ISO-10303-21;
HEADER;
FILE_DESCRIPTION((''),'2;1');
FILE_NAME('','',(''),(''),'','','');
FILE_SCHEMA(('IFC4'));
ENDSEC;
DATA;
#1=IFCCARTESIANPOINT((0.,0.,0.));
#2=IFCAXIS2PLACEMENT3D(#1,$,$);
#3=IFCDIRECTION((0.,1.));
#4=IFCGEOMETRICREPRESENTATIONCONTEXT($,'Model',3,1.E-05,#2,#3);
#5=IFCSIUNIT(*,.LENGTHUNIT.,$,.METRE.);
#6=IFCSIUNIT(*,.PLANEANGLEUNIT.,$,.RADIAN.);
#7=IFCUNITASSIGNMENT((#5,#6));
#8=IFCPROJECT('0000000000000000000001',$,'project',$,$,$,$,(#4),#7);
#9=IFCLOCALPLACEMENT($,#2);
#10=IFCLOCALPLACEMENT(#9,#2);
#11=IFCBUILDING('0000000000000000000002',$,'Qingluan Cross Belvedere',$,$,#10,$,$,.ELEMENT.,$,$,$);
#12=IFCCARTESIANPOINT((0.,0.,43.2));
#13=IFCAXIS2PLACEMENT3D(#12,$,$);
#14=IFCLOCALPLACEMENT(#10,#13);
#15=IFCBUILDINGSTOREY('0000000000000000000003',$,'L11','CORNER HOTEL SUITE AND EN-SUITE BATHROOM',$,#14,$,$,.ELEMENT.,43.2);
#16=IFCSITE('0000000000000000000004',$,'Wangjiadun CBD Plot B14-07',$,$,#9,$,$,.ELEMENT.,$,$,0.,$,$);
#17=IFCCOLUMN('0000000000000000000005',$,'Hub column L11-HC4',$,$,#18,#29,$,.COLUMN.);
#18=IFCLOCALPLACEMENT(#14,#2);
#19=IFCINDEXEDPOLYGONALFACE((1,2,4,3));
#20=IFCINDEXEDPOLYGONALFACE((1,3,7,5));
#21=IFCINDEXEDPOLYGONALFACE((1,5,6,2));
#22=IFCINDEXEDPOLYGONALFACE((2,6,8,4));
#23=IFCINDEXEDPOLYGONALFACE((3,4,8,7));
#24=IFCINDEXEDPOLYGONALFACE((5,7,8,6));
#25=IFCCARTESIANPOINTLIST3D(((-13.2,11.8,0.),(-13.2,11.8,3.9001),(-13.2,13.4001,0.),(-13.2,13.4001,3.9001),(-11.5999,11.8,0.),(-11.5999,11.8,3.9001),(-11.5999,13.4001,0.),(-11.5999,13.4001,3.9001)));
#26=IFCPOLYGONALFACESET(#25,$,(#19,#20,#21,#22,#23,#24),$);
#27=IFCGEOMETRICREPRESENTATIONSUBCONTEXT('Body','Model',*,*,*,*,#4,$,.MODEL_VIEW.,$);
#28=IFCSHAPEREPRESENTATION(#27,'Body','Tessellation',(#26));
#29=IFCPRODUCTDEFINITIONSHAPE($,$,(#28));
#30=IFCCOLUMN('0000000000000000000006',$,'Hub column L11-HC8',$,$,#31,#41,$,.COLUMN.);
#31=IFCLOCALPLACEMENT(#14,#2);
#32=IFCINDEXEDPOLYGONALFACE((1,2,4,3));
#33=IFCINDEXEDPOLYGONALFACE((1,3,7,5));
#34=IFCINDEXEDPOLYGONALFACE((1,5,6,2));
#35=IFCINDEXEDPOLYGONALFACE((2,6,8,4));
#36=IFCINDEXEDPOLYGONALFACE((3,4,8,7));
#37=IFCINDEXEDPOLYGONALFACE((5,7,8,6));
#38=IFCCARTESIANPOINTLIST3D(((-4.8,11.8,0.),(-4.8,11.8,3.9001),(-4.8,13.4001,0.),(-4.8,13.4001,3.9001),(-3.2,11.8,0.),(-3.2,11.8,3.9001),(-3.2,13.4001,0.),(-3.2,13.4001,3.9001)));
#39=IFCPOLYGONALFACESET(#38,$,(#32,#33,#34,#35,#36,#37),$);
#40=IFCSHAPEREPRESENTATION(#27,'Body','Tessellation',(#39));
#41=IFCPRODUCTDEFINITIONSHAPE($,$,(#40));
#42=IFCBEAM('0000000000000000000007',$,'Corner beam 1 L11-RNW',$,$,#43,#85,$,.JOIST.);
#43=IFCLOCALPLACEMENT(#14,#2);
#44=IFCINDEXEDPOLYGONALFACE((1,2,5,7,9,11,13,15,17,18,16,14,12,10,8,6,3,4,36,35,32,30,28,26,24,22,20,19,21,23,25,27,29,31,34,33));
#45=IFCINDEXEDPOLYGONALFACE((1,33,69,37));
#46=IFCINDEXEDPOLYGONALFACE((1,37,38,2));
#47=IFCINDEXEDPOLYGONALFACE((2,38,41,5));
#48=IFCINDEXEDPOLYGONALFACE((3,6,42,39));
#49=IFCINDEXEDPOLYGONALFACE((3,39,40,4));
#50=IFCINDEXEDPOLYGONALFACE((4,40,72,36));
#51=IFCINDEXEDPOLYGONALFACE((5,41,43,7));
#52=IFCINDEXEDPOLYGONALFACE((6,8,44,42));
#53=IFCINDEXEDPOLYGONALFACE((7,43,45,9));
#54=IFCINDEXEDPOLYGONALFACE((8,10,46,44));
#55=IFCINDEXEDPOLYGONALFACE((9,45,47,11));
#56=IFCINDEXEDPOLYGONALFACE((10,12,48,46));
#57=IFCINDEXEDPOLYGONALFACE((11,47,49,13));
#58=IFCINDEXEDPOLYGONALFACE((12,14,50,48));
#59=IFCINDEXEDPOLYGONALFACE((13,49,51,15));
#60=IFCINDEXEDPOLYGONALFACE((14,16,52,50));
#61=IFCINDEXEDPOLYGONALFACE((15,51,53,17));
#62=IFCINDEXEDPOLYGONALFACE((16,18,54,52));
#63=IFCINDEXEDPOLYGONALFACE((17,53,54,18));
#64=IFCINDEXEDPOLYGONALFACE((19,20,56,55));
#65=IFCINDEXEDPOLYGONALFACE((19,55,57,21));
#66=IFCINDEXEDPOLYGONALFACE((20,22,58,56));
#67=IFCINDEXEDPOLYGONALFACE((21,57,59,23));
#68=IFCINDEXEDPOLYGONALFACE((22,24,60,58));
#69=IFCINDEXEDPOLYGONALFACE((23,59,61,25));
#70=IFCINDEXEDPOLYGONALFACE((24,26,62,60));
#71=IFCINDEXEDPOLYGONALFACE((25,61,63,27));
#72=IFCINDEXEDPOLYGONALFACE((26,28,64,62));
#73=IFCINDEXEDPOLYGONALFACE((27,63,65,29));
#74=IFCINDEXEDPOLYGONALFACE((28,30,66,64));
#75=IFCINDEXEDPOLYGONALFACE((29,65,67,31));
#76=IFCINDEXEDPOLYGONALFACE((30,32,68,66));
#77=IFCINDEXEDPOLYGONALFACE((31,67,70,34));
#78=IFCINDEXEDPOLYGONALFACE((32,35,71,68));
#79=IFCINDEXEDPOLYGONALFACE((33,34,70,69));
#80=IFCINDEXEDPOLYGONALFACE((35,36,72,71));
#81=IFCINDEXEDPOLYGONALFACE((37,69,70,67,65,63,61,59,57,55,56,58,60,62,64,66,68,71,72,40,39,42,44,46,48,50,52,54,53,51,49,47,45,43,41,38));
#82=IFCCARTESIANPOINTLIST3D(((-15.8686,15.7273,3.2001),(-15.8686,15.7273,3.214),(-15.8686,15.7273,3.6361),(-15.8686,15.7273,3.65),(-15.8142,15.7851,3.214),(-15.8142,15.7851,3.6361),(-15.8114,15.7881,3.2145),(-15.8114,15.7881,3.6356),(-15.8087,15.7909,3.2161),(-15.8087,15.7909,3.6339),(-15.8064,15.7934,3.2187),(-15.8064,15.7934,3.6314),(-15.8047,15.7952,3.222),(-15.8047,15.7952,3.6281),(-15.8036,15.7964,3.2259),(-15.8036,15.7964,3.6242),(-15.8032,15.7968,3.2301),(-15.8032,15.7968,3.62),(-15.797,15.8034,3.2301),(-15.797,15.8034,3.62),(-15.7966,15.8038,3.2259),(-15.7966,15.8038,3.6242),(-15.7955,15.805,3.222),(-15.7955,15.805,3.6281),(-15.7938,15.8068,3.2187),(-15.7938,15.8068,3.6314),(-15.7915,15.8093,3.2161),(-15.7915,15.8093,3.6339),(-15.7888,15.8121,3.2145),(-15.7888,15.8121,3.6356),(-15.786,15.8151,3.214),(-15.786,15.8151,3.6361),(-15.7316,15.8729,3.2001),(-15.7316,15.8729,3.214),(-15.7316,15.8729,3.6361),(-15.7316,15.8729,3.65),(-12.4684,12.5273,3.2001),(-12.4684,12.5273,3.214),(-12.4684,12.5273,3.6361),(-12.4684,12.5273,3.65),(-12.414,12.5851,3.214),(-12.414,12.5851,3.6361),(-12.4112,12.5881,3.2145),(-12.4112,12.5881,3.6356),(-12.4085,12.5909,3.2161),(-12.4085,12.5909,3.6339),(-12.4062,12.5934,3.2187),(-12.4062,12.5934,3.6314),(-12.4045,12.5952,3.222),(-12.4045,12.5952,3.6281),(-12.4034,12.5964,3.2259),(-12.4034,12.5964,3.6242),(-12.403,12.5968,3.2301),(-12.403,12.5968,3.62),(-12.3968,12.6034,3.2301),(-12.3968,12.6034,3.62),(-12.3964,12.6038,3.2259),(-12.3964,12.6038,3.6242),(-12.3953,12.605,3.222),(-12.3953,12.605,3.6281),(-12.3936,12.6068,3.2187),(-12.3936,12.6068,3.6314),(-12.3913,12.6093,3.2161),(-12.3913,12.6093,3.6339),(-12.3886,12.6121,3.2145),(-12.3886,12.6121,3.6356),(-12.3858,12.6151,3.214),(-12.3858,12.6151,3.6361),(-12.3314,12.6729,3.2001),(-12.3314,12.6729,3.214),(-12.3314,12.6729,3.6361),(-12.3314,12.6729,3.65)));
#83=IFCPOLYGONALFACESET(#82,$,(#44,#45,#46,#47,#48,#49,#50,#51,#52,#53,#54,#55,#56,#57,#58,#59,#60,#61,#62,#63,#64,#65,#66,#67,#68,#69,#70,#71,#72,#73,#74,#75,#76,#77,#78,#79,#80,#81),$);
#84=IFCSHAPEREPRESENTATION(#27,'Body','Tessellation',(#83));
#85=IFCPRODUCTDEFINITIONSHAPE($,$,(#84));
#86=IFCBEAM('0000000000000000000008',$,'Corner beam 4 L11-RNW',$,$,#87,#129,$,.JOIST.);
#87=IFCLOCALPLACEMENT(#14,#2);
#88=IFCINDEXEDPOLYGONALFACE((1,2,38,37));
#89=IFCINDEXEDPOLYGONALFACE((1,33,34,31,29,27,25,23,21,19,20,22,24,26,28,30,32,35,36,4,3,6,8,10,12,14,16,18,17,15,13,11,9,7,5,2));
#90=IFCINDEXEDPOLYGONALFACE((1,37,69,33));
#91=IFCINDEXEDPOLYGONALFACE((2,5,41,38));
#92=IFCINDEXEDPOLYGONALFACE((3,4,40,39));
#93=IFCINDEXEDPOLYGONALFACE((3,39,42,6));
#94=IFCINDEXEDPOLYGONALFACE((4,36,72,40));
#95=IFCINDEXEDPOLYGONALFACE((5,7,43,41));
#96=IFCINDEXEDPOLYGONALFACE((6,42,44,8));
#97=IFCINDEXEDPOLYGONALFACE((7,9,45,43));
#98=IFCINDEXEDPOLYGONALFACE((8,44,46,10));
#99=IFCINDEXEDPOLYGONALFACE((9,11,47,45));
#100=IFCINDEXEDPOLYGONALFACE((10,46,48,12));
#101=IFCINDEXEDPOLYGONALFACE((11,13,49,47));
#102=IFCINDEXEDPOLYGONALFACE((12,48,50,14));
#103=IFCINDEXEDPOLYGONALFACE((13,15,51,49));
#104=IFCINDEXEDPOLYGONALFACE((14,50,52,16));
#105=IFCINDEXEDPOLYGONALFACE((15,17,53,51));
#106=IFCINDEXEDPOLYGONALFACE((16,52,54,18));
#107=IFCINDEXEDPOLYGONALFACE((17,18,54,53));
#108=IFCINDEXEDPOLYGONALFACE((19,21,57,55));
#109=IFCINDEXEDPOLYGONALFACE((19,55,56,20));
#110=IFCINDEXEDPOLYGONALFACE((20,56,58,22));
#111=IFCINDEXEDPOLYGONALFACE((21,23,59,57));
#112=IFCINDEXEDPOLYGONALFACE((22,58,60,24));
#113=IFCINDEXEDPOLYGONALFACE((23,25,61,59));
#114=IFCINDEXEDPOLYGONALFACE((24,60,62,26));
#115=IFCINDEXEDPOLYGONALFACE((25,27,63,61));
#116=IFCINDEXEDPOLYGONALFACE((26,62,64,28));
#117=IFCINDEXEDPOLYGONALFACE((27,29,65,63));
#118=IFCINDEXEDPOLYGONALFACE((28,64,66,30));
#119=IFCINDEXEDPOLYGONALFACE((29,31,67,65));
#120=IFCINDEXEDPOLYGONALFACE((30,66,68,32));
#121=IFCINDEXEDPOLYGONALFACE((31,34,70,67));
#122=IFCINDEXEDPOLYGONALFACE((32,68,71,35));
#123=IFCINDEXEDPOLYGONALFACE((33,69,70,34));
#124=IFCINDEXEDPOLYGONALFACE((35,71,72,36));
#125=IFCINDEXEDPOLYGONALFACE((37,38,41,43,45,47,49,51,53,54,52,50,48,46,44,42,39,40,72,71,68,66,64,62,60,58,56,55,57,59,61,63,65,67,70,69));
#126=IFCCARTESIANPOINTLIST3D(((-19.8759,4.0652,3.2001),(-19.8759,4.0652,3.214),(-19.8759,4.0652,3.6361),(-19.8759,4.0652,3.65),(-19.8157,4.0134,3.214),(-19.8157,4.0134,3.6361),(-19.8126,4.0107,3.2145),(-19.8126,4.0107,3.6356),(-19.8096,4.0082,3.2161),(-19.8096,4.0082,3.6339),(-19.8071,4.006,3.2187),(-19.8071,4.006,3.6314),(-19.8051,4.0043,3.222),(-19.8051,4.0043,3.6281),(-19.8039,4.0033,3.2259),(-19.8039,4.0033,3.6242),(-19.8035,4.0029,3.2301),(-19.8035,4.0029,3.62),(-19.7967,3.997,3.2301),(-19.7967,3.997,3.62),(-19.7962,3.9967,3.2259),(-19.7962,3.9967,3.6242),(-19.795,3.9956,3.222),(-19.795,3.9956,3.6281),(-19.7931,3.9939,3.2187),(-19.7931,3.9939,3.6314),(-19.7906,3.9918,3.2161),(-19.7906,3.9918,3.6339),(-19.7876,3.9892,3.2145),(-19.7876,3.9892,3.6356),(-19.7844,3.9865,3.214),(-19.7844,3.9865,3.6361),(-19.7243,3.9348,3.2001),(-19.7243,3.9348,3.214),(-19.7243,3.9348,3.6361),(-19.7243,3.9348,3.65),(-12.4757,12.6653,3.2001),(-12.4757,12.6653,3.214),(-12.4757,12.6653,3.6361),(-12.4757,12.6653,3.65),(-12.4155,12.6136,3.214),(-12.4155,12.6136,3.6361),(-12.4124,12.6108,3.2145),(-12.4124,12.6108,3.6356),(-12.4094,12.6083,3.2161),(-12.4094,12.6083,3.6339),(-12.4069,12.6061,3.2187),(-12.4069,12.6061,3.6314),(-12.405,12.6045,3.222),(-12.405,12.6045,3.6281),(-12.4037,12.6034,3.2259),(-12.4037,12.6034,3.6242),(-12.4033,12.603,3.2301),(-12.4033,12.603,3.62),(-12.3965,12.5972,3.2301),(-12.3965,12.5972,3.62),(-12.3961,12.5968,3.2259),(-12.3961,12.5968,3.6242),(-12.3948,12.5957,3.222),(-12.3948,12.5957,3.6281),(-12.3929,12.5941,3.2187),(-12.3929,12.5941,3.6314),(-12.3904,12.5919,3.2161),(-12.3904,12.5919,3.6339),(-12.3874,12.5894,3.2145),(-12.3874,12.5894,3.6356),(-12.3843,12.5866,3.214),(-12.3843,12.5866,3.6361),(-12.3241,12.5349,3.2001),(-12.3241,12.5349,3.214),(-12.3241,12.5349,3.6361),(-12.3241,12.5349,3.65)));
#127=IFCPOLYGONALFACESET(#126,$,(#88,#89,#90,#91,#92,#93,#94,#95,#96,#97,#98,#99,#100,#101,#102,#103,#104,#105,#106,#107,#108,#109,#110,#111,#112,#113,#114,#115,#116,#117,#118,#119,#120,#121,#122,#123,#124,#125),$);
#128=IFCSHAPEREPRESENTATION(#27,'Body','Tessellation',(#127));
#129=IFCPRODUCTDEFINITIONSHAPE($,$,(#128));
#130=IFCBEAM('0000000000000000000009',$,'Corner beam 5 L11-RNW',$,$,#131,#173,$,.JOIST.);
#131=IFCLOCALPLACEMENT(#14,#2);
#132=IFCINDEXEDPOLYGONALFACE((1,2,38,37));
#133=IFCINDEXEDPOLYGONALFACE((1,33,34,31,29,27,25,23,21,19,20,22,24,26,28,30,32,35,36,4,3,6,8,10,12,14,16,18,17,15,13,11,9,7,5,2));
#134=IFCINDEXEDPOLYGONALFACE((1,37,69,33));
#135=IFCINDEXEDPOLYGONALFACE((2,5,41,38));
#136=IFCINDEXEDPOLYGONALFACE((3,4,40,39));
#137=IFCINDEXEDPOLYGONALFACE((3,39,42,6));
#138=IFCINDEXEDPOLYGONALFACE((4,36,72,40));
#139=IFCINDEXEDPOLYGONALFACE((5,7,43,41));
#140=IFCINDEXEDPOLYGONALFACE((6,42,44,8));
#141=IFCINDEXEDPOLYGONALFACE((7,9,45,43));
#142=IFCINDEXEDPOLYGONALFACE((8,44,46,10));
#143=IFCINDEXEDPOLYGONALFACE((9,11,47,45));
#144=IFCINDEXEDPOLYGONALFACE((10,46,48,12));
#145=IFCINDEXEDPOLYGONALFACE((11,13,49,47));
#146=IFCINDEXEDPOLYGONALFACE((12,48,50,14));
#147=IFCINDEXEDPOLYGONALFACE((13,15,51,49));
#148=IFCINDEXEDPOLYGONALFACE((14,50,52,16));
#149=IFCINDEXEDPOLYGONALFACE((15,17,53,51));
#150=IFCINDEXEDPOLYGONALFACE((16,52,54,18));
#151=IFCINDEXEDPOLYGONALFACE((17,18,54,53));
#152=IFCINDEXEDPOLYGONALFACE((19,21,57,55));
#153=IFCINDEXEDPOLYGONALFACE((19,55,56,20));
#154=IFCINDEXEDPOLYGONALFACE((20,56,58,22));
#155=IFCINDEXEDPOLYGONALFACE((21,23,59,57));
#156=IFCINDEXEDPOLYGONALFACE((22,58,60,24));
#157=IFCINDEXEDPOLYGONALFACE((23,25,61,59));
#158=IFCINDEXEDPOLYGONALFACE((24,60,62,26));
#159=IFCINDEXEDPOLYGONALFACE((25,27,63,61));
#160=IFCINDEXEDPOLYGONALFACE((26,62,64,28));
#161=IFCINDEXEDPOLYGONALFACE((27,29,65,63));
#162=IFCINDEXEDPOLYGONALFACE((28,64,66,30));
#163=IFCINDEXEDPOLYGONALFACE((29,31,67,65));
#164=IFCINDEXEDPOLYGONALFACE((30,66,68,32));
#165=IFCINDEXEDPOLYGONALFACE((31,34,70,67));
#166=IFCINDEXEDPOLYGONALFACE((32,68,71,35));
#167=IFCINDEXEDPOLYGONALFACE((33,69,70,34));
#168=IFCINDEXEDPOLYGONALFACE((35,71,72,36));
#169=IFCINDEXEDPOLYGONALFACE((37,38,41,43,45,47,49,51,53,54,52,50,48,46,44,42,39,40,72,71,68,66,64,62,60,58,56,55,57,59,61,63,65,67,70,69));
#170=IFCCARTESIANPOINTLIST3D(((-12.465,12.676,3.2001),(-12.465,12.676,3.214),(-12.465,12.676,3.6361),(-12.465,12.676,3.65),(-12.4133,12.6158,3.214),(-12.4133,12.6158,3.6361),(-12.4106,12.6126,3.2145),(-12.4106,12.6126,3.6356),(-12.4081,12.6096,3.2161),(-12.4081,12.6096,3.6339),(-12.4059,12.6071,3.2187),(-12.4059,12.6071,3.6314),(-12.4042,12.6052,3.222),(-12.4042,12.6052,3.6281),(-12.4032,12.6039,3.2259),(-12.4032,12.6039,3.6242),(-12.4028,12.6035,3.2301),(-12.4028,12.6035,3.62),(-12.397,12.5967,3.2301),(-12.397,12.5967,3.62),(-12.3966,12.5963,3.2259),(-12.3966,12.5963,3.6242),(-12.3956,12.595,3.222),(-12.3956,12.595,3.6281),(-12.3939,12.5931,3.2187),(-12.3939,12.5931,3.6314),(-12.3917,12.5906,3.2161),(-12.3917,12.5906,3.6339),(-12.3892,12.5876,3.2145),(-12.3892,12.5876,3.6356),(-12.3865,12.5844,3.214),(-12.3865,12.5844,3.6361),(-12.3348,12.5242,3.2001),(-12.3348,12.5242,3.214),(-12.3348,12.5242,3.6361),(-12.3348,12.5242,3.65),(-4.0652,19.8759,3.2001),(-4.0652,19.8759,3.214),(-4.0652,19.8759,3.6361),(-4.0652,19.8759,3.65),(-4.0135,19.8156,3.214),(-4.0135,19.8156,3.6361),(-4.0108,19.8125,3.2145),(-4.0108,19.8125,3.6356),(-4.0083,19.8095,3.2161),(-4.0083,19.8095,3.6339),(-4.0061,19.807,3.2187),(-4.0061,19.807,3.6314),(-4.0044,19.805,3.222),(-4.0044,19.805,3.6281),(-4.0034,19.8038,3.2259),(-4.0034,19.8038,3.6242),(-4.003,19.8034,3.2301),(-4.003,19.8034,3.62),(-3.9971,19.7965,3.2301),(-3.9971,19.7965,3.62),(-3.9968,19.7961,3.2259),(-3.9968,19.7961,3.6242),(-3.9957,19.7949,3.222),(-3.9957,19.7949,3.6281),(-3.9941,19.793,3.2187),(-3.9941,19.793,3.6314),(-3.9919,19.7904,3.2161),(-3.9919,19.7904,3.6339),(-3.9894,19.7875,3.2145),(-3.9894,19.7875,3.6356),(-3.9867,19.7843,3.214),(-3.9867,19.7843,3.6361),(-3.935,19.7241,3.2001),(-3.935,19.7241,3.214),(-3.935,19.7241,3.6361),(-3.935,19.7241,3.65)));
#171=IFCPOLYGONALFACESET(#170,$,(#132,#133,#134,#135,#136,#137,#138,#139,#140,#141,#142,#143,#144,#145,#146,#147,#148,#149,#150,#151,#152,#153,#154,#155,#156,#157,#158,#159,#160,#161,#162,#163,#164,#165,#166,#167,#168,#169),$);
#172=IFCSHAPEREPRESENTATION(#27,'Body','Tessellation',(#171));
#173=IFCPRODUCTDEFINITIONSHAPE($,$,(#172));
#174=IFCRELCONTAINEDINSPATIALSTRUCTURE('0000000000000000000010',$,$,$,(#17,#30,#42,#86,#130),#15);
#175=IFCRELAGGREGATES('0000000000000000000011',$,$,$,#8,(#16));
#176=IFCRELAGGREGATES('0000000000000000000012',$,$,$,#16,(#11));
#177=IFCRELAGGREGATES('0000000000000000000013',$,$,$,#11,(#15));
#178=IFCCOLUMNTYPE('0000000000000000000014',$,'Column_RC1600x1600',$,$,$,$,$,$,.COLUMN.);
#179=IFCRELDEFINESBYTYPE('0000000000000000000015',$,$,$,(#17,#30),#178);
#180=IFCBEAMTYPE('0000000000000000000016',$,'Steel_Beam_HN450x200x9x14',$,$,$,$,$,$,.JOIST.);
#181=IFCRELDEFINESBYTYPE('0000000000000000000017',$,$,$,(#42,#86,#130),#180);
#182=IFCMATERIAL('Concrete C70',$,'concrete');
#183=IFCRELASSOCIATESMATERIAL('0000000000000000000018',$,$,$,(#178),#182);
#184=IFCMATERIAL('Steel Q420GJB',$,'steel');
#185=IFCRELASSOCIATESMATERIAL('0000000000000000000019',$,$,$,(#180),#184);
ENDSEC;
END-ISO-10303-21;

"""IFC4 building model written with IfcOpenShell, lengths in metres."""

from ifc_helpers import new_model, si_unit, direction, frame, origin, origin_2d, place, context, subcontext, project, spatial, rectangle, i_section, extrude, material, material_profile, profile_set, type_object, element, save


model = new_model("IFC4")

# Units and contexts
model_context = context("Model", 3, precision=1e-05, world=origin(), true_north=direction((0.0, 1.0)))
body_context = subcontext(model_context, "Body", "Model", "MODEL_VIEW")
ifc_project = project(units=[si_unit("LENGTHUNIT", "METRE"), si_unit("PLANEANGLEUNIT", "RADIAN")], contexts=[model_context])

# Site, building, storey
site_placement = place(None, origin())
site = spatial("IfcSite", under=ifc_project, at=site_placement, Name="Wangjiadun CBD Plot B14-07", CompositionType="ELEMENT", RefElevation=0.0)
building_placement = place(site_placement, origin())
building = spatial("IfcBuilding", under=site, at=building_placement, Name="Qingluan Cross Belvedere", CompositionType="ELEMENT")
storey_placement = place(building_placement, frame((0.0, 0.0, 43.2)))
storey = spatial("IfcBuildingStorey", under=building, at=storey_placement, Name="L11", Description="CORNER HOTEL SUITE AND EN-SUITE BATHROOM", CompositionType="ELEMENT", Elevation=43.2)

# Columns
ifc_material_1 = material(Name="Concrete C70", Category="concrete")
ifc_material_profile_1 = material_profile(ifc_material_1, rectangle(XDim=1.6001, YDim=1.6001, at=origin_2d()), Name="RC1600x1600")
ifc_profile_set_1 = profile_set([ifc_material_profile_1], Name="Concrete C70")
column_type = type_object("IfcColumnType", Name="Column_RC1600x1600", PredefinedType="COLUMN", material=ifc_profile_set_1)
for number, where, z_axis, x_axis, name in (
    (1, (-12.3999, 12.6001, 0.0), (0.0, 0.0, 1.0), (1.0, 0.0, 0.0), "Hub column L11-HC4"),
    (2, (-4.0, 12.6001, 0.0), (0.0, 0.0, 1.0), (1.0, 0.0, 0.0), "Hub column L11-HC8"),
):
    element("IfcColumn", number, at=place(storey_placement, frame(where, z_axis=z_axis, x_axis=x_axis)), inside=storey, type_object=column_type, Name=name, PredefinedType="COLUMN", context=body_context, shape_type="SweptSolid", body=[
        extrude(rectangle(XDim=1.6001, YDim=1.6001, at=origin_2d()), origin(), (0.0, 0.0, 1.0), 3.9001),
    ])

# Beams
ifc_material_2 = material(Name="Steel Q420GJB", Category="steel")
ifc_material_profile_2 = material_profile(ifc_material_2, i_section(OverallWidth=0.2, OverallDepth=0.45, WebThickness=0.009, FlangeThickness=0.0139, FilletRadius=0.0161, at=origin_2d()), Name="HN450x200x9x14")
ifc_profile_set_2 = profile_set([ifc_material_profile_2], Name="Steel Q420GJB")
beam_type_1 = type_object("IfcBeamType", Name="Steel_Beam_HN450x200x9x14", PredefinedType="JOIST", material=ifc_profile_set_2)
beam_1_placement = place(storey_placement, frame((-12.3999, 12.6001, 3.425), z_axis=(-0.72822, 0.685343, 0.0), x_axis=(-0.685343, -0.72822, 0.0)))
element("IfcBeam", 3, at=beam_1_placement, inside=storey, type_object=beam_type_1, Name="Corner beam 1 L11-RNW", PredefinedType="JOIST", context=body_context, shape_type="SweptSolid", body=[
    extrude(i_section(OverallWidth=0.2, OverallDepth=0.45, WebThickness=0.009, FlangeThickness=0.0139, FilletRadius=0.0161, at=origin_2d()), origin(), (0.0, 0.0, 1.0), 4.6692),
])
beam_2_placement = place(storey_placement, frame((-12.3999, 12.6001, 3.425), z_axis=(-0.652245, -0.758008, 0.0), x_axis=(0.758008, -0.652245, 0.0)))
element("IfcBeam", 4, at=beam_2_placement, inside=storey, type_object=beam_type_1, Name="Corner beam 4 L11-RNW", PredefinedType="JOIST", context=body_context, shape_type="SweptSolid", body=[
    extrude(i_section(OverallWidth=0.2, OverallDepth=0.45, WebThickness=0.009, FlangeThickness=0.0139, FilletRadius=0.0161, at=origin_2d()), origin(), (0.0, 0.0, 1.0), 11.3457),
])
beam_3_placement = place(storey_placement, frame((-12.3999, 12.6001, 3.425), z_axis=(0.759255, 0.650793, 0.0), x_axis=(-0.650793, 0.759255, 0.0)))
element("IfcBeam", 5, at=beam_3_placement, inside=storey, type_object=beam_type_1, Name="Corner beam 5 L11-RNW", PredefinedType="JOIST", context=body_context, shape_type="SweptSolid", body=[
    extrude(i_section(OverallWidth=0.2, OverallDepth=0.45, WebThickness=0.009, FlangeThickness=0.0139, FilletRadius=0.0161, at=origin_2d()), origin(), (0.0, 0.0, 1.0), 11.0632),
])

save(model, "model.ifc")
